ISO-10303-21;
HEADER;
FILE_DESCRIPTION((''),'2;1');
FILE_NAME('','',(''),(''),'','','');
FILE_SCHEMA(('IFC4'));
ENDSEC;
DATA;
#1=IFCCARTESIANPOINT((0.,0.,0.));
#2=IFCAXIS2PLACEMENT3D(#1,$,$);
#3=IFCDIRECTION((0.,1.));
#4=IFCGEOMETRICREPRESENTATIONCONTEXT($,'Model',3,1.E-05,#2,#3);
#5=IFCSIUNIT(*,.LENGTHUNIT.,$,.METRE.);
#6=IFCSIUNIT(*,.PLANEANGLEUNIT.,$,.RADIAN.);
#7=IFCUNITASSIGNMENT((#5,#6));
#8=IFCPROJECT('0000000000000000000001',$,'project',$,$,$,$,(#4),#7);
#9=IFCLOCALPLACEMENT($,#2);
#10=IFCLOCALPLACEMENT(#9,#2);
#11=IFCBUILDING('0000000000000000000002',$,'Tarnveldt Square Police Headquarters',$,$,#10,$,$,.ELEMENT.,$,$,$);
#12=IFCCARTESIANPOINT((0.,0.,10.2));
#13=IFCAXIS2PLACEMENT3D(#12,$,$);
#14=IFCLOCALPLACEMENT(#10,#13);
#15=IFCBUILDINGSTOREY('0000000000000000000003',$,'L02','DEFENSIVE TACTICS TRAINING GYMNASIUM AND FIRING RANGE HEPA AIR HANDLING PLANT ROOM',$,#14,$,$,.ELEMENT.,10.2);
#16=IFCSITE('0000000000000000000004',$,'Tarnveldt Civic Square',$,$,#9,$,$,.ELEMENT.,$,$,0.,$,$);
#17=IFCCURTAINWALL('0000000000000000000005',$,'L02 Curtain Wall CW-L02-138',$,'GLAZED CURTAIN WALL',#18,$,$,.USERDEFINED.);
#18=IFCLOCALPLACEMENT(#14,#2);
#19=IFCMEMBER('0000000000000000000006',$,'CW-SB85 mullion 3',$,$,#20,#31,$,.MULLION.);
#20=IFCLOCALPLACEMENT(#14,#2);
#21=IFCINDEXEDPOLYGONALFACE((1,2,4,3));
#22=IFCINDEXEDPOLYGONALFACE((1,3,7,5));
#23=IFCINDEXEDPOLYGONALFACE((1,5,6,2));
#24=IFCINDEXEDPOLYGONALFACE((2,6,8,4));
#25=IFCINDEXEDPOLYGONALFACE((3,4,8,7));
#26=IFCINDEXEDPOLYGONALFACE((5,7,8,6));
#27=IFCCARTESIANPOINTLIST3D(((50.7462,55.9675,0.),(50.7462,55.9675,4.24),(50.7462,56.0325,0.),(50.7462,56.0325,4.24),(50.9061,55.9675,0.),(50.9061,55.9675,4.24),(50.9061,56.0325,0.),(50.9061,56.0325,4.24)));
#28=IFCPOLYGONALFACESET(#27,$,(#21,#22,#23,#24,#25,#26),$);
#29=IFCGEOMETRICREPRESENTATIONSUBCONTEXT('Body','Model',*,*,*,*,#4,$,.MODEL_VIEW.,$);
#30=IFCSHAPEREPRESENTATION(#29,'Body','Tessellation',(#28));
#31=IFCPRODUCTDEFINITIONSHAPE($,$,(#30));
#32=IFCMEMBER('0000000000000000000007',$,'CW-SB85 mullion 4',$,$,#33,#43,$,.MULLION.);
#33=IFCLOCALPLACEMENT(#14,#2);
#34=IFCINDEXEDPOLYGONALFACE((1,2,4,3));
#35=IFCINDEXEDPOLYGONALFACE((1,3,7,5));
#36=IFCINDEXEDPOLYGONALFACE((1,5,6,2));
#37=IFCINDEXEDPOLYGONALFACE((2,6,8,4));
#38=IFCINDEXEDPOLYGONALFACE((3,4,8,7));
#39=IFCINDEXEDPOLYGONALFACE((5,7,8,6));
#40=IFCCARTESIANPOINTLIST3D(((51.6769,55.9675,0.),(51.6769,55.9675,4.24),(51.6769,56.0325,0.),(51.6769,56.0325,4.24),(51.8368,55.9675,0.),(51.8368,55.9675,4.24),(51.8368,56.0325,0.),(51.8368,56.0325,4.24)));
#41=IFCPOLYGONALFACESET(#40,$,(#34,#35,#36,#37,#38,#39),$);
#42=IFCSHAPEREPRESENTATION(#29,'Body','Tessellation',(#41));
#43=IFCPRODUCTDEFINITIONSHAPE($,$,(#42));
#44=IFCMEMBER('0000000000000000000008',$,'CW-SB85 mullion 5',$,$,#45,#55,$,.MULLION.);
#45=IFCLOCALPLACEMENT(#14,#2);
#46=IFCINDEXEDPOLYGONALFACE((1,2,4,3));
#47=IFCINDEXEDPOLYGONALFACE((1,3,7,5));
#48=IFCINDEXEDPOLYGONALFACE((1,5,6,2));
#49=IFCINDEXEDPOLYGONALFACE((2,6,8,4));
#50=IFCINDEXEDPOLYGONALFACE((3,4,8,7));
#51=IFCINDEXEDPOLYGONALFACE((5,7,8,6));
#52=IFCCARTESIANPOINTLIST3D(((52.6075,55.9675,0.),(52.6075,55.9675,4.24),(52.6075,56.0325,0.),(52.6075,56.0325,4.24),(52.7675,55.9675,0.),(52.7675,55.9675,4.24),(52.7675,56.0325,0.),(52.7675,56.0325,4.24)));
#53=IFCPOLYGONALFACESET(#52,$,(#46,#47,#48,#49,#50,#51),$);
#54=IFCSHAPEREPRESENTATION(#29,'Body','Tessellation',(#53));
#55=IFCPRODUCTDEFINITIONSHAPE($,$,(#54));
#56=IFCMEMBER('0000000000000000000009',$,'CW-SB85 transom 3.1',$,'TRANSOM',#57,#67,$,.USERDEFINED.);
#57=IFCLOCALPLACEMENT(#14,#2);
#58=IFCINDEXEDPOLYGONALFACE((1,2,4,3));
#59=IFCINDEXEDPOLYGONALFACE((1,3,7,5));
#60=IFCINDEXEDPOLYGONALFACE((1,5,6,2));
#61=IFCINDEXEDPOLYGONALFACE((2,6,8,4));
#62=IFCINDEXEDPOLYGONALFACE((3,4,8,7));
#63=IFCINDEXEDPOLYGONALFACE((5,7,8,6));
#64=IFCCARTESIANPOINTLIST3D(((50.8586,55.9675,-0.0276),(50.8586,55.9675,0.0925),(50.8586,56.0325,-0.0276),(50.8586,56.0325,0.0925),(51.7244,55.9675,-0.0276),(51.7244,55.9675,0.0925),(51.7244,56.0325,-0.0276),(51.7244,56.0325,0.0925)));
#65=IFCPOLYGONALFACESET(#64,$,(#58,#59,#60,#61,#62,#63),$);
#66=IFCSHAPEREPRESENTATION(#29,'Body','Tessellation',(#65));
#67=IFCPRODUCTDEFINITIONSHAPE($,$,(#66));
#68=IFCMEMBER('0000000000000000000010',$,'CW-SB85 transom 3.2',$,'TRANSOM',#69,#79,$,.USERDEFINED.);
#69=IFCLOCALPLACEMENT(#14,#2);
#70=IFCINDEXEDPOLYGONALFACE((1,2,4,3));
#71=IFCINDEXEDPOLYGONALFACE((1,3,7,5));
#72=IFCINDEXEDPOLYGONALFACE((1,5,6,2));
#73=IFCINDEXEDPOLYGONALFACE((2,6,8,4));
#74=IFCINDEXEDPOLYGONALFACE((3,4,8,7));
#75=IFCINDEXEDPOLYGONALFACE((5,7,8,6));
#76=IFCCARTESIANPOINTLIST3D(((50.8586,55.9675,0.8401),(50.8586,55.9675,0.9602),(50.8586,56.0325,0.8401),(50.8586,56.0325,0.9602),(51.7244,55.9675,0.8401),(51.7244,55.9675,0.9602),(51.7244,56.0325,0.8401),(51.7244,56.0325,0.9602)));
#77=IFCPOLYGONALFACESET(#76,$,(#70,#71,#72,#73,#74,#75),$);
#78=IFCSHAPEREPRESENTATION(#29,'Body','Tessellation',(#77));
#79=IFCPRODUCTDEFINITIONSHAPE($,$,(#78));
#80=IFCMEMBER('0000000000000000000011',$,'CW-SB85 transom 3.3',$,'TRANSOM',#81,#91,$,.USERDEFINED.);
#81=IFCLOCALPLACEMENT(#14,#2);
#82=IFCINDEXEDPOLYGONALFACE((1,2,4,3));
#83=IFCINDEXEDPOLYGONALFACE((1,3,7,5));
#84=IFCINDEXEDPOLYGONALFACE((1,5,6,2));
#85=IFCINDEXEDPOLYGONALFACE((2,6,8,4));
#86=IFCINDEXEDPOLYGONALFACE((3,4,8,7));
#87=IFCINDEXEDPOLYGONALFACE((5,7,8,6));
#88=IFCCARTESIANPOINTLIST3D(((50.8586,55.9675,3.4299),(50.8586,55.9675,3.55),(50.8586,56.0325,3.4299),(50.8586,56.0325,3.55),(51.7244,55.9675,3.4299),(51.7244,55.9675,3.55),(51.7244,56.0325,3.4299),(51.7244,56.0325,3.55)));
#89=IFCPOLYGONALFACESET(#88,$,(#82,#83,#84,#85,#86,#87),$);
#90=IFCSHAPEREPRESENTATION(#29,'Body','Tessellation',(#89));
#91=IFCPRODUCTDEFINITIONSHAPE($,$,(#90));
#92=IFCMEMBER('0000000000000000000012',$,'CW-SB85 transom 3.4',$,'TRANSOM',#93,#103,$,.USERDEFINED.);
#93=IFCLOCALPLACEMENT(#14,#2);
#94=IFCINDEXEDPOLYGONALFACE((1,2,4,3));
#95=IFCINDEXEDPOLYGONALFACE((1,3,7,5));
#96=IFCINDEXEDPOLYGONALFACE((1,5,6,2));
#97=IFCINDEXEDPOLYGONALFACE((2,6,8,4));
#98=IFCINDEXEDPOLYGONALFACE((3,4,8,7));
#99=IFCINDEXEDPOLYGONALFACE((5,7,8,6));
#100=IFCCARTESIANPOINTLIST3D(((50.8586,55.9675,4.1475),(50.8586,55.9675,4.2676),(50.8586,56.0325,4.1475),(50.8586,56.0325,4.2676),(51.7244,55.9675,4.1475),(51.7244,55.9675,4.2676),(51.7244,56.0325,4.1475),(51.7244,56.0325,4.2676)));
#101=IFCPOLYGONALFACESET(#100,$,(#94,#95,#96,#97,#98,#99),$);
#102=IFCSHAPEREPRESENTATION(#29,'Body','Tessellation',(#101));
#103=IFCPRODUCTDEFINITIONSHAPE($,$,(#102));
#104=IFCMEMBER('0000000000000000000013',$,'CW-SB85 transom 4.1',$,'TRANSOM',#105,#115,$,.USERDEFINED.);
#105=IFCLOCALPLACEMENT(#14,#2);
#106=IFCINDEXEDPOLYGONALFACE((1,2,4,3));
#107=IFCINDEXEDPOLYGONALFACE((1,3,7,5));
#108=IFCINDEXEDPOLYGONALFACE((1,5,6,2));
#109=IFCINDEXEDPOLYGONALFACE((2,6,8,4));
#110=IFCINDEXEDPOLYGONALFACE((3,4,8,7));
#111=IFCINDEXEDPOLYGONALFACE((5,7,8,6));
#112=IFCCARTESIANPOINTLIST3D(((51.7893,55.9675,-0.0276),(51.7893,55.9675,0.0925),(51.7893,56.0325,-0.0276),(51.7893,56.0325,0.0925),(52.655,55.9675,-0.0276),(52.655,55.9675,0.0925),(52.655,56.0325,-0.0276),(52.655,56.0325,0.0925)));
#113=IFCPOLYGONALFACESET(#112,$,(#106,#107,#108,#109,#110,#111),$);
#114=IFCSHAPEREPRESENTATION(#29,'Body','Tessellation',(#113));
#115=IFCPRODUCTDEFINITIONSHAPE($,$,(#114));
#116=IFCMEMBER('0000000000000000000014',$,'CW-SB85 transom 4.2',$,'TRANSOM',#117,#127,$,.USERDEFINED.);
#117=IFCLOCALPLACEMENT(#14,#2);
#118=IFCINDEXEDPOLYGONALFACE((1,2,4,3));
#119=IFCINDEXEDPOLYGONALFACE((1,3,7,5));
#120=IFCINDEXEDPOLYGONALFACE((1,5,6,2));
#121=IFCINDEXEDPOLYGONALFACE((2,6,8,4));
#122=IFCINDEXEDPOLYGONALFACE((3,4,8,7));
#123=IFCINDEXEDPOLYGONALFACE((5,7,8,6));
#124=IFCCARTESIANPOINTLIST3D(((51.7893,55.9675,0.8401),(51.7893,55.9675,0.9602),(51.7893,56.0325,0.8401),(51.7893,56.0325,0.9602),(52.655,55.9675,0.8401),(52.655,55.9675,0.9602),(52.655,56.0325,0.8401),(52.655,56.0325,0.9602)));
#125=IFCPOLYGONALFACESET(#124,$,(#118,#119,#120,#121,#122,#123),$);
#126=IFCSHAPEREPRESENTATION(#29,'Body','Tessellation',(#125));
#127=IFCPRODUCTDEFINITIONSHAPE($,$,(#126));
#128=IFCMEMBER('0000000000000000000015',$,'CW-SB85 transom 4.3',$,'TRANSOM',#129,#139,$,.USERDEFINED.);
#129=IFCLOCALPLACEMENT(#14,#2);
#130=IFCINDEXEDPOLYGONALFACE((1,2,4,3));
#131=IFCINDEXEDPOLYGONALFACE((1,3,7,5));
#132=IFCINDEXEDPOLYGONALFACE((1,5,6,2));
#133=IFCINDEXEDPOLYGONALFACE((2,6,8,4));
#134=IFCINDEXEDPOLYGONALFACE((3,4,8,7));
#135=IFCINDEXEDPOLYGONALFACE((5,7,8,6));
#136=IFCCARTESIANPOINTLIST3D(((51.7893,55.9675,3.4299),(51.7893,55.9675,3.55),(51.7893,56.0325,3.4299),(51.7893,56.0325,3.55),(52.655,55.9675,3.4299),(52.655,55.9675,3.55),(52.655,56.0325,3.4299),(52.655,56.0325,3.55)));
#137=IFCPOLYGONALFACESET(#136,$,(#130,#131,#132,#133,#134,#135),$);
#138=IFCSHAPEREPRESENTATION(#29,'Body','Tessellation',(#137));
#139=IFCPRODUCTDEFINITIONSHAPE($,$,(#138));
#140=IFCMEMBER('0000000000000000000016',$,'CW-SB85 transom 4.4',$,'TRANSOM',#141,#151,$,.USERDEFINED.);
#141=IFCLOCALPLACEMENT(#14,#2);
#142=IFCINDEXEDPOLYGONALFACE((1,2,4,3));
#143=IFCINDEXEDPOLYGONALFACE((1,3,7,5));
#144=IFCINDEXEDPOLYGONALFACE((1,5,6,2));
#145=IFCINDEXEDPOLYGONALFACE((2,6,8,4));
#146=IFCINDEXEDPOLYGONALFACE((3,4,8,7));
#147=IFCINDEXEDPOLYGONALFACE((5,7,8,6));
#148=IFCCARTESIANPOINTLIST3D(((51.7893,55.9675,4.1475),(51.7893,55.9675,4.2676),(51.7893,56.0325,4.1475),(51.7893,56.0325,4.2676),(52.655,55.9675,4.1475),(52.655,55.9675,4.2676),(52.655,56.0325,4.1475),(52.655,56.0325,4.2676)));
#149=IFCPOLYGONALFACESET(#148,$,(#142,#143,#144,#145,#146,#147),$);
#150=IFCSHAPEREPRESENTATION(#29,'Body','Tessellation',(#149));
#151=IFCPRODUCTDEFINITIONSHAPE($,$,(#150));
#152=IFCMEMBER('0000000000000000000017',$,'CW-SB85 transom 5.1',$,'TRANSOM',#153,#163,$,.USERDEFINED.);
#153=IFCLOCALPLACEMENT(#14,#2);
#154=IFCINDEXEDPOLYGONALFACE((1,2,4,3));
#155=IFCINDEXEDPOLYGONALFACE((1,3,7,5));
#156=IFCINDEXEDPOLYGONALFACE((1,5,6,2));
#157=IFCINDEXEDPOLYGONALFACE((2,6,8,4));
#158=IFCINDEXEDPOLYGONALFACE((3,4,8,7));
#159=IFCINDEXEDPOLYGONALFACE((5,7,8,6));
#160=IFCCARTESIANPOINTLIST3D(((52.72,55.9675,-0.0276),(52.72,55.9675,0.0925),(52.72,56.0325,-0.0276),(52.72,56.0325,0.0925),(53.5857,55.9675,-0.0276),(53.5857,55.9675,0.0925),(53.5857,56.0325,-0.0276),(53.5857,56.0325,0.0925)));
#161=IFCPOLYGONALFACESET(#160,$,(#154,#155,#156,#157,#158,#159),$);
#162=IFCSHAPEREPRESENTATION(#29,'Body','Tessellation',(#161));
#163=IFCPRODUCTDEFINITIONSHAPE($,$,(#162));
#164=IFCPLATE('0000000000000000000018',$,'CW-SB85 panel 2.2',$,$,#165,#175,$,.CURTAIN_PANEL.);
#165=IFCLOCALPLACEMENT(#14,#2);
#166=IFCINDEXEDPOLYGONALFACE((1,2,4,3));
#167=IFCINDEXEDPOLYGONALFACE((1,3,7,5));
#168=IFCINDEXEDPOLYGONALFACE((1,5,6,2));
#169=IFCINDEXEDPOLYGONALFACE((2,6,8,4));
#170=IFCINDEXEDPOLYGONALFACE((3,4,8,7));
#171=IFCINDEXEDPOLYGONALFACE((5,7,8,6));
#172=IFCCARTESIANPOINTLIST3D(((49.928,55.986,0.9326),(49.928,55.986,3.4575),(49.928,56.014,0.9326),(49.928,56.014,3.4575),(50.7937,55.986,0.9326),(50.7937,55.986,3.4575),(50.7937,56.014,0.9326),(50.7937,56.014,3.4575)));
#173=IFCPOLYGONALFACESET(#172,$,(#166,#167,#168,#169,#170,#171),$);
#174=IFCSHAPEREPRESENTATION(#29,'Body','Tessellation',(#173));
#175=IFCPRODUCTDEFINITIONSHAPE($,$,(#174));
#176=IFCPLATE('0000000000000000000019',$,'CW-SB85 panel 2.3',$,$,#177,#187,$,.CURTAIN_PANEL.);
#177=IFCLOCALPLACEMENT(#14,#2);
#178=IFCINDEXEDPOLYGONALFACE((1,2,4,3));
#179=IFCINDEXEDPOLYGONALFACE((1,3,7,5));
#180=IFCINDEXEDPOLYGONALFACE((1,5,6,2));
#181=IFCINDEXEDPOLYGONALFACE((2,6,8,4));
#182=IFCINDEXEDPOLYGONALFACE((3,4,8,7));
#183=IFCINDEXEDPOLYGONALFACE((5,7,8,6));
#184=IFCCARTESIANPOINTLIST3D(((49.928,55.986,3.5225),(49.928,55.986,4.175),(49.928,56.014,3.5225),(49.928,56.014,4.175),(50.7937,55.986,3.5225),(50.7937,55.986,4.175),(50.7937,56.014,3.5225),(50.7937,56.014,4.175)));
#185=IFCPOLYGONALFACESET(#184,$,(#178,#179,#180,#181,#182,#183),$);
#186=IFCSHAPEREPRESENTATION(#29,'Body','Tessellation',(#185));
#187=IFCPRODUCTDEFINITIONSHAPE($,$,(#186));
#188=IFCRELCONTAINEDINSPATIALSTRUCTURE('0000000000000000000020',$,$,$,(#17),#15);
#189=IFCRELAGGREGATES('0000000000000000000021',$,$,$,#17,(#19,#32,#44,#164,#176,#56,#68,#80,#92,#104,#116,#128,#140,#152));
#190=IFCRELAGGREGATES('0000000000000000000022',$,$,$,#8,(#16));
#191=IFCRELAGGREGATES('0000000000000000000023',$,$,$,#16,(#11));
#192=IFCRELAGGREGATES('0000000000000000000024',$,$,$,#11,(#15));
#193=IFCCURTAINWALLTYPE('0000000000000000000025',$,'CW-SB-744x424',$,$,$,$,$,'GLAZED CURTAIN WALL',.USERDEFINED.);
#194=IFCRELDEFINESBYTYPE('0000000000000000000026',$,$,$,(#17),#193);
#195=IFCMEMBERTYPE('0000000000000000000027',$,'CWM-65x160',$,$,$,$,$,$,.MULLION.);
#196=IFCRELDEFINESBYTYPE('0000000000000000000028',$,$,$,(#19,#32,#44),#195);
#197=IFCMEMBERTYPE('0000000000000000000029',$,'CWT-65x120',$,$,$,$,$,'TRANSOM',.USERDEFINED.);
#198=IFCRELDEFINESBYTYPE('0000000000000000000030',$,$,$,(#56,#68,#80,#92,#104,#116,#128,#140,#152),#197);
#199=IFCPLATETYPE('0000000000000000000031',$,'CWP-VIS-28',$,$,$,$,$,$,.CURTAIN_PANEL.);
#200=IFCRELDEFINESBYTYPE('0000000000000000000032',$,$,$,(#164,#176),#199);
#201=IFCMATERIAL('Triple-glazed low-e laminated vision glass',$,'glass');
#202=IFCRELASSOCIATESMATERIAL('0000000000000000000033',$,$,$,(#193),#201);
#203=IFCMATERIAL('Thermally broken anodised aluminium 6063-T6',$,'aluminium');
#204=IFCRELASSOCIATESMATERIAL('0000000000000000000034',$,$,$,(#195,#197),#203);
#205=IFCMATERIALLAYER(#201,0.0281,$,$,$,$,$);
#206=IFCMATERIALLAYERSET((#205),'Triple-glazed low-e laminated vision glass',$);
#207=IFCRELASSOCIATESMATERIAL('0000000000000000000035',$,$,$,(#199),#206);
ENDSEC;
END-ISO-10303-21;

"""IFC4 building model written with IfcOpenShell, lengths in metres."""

from ifc_helpers import new_model, si_unit, direction, frame, origin, origin_2d, place, context, subcontext, project, spatial, rectangle, extrude, material, layer, layer_set, material_profile, profile_set, type_object, element, aggregate, save


model = new_model("IFC4")

# Units and contexts
model_context = context("Model", 3, precision=1e-05, world=origin(), true_north=direction((0.0, 1.0)))
body_context = subcontext(model_context, "Body", "Model", "MODEL_VIEW")
ifc_project = project(units=[si_unit("LENGTHUNIT", "METRE"), si_unit("PLANEANGLEUNIT", "RADIAN")], contexts=[model_context])

# Site, building, storey
site_placement = place(None, origin())
site = spatial("IfcSite", under=ifc_project, at=site_placement, Name="Tarnveldt Civic Square", CompositionType="ELEMENT", RefElevation=0.0)
building_placement = place(site_placement, origin())
building = spatial("IfcBuilding", under=site, at=building_placement, Name="Tarnveldt Square Police Headquarters", CompositionType="ELEMENT")
storey_placement = place(building_placement, frame((0.0, 0.0, 10.2)))
storey = spatial("IfcBuildingStorey", under=building, at=storey_placement, Name="L02", Description="DEFENSIVE TACTICS TRAINING GYMNASIUM AND FIRING RANGE HEPA AIR HANDLING PLANT ROOM", CompositionType="ELEMENT", Elevation=10.2)

# Curtain wall, members, plates
ifc_material_1 = material(Name="Triple-glazed low-e laminated vision glass", Category="glass")
curtain_wall_type = type_object("IfcCurtainWallType", Name="CW-SB-744x424", ElementType="GLAZED CURTAIN WALL", PredefinedType="USERDEFINED", material=ifc_material_1)
curtain_wall_placement = place(storey_placement, origin())
curtain_wall = element("IfcCurtainWall", 1, at=curtain_wall_placement, inside=storey, type_object=curtain_wall_type, Name="L02 Curtain Wall CW-L02-138", ObjectType="GLAZED CURTAIN WALL", PredefinedType="USERDEFINED")
ifc_material_2 = material(Name="Thermally broken anodised aluminium 6063-T6", Category="aluminium")
ifc_material_profile_1 = material_profile(ifc_material_2, rectangle(XDim=0.0649, YDim=0.1599, at=origin_2d()), Name="CW-M65x160")
ifc_profile_set_1 = profile_set([ifc_material_profile_1], Name="Thermally broken anodised aluminium 6063-T6")
member_type_1 = type_object("IfcMemberType", Name="CWM-65x160", PredefinedType="MULLION", material=ifc_profile_set_1)
member_1_placement = place(storey_placement, frame((50.8262, 56.0, 0.0), z_axis=(0.0, 0.0, 1.0), x_axis=(0.0, 1.0, 0.0)))
member_1 = element("IfcMember", 2, at=member_1_placement, type_object=member_type_1, Name="CW-SB85 mullion 3", PredefinedType="MULLION", context=body_context, shape_type="SweptSolid", body=[
    extrude(rectangle(XDim=0.0649, YDim=0.1599, at=origin_2d()), origin(), (0.0, 0.0, 1.0), 4.24),
])
member_2_placement = place(storey_placement, frame((51.7568, 56.0, 0.0), z_axis=(0.0, 0.0, 1.0), x_axis=(0.0, 1.0, 0.0)))
member_2 = element("IfcMember", 3, at=member_2_placement, type_object=member_type_1, Name="CW-SB85 mullion 4", PredefinedType="MULLION", context=body_context, shape_type="SweptSolid", body=[
    extrude(rectangle(XDim=0.0649, YDim=0.1599, at=origin_2d()), origin(), (0.0, 0.0, 1.0), 4.24),
])
member_3_placement = place(storey_placement, frame((52.6875, 56.0, 0.0), z_axis=(0.0, 0.0, 1.0), x_axis=(0.0, 1.0, 0.0)))
member_3 = element("IfcMember", 4, at=member_3_placement, type_object=member_type_1, Name="CW-SB85 mullion 5", PredefinedType="MULLION", context=body_context, shape_type="SweptSolid", body=[
    extrude(rectangle(XDim=0.0649, YDim=0.1599, at=origin_2d()), origin(), (0.0, 0.0, 1.0), 4.24),
])
ifc_material_profile_2 = material_profile(ifc_material_2, rectangle(XDim=0.0649, YDim=0.1201, at=origin_2d()), Name="CW-T65x120")
ifc_profile_set_2 = profile_set([ifc_material_profile_2], Name="Thermally broken anodised aluminium 6063-T6")
member_type_2 = type_object("IfcMemberType", Name="CWT-65x120", ElementType="TRANSOM", PredefinedType="USERDEFINED", material=ifc_profile_set_2)
member_4_placement = place(storey_placement, frame((50.8586, 56.0, 0.0325), z_axis=(1.0, 0.0, 0.0), x_axis=(0.0, 1.0, 0.0)))
member_4 = element("IfcMember", 5, at=member_4_placement, type_object=member_type_2, Name="CW-SB85 transom 3.1", ObjectType="TRANSOM", PredefinedType="USERDEFINED", context=body_context, shape_type="SweptSolid", body=[
    extrude(rectangle(XDim=0.0649, YDim=0.1201, at=origin_2d()), origin(), (0.0, 0.0, 1.0), 0.8657),
])
member_5_placement = place(storey_placement, frame((50.8586, 56.0, 0.9001), z_axis=(1.0, 0.0, 0.0), x_axis=(0.0, 1.0, 0.0)))
member_5 = element("IfcMember", 6, at=member_5_placement, type_object=member_type_2, Name="CW-SB85 transom 3.2", ObjectType="TRANSOM", PredefinedType="USERDEFINED", context=body_context, shape_type="SweptSolid", body=[
    extrude(rectangle(XDim=0.0649, YDim=0.1201, at=origin_2d()), origin(), (0.0, 0.0, 1.0), 0.8657),
])
member_6_placement = place(storey_placement, frame((50.8586, 56.0, 3.49), z_axis=(1.0, 0.0, 0.0), x_axis=(0.0, 1.0, 0.0)))
member_6 = element("IfcMember", 7, at=member_6_placement, type_object=member_type_2, Name="CW-SB85 transom 3.3", ObjectType="TRANSOM", PredefinedType="USERDEFINED", context=body_context, shape_type="SweptSolid", body=[
    extrude(rectangle(XDim=0.0649, YDim=0.1201, at=origin_2d()), origin(), (0.0, 0.0, 1.0), 0.8657),
])
member_7_placement = place(storey_placement, frame((50.8586, 56.0, 4.2075), z_axis=(1.0, 0.0, 0.0), x_axis=(0.0, 1.0, 0.0)))
member_7 = element("IfcMember", 8, at=member_7_placement, type_object=member_type_2, Name="CW-SB85 transom 3.4", ObjectType="TRANSOM", PredefinedType="USERDEFINED", context=body_context, shape_type="SweptSolid", body=[
    extrude(rectangle(XDim=0.0649, YDim=0.1201, at=origin_2d()), origin(), (0.0, 0.0, 1.0), 0.8657),
])
member_8_placement = place(storey_placement, frame((51.7893, 56.0, 0.0325), z_axis=(1.0, 0.0, 0.0), x_axis=(0.0, 1.0, 0.0)))
member_8 = element("IfcMember", 9, at=member_8_placement, type_object=member_type_2, Name="CW-SB85 transom 4.1", ObjectType="TRANSOM", PredefinedType="USERDEFINED", context=body_context, shape_type="SweptSolid", body=[
    extrude(rectangle(XDim=0.0649, YDim=0.1201, at=origin_2d()), origin(), (0.0, 0.0, 1.0), 0.8657),
])
member_9_placement = place(storey_placement, frame((51.7893, 56.0, 0.9001), z_axis=(1.0, 0.0, 0.0), x_axis=(0.0, 1.0, 0.0)))
member_9 = element("IfcMember", 10, at=member_9_placement, type_object=member_type_2, Name="CW-SB85 transom 4.2", ObjectType="TRANSOM", PredefinedType="USERDEFINED", context=body_context, shape_type="SweptSolid", body=[
    extrude(rectangle(XDim=0.0649, YDim=0.1201, at=origin_2d()), origin(), (0.0, 0.0, 1.0), 0.8657),
])
member_10_placement = place(storey_placement, frame((51.7893, 56.0, 3.49), z_axis=(1.0, 0.0, 0.0), x_axis=(0.0, 1.0, 0.0)))
member_10 = element("IfcMember", 11, at=member_10_placement, type_object=member_type_2, Name="CW-SB85 transom 4.3", ObjectType="TRANSOM", PredefinedType="USERDEFINED", context=body_context, shape_type="SweptSolid", body=[
    extrude(rectangle(XDim=0.0649, YDim=0.1201, at=origin_2d()), origin(), (0.0, 0.0, 1.0), 0.8657),
])
member_11_placement = place(storey_placement, frame((51.7893, 56.0, 4.2075), z_axis=(1.0, 0.0, 0.0), x_axis=(0.0, 1.0, 0.0)))
member_11 = element("IfcMember", 12, at=member_11_placement, type_object=member_type_2, Name="CW-SB85 transom 4.4", ObjectType="TRANSOM", PredefinedType="USERDEFINED", context=body_context, shape_type="SweptSolid", body=[
    extrude(rectangle(XDim=0.0649, YDim=0.1201, at=origin_2d()), origin(), (0.0, 0.0, 1.0), 0.8657),
])
member_12_placement = place(storey_placement, frame((52.72, 56.0, 0.0325), z_axis=(1.0, 0.0, 0.0), x_axis=(0.0, 1.0, 0.0)))
member_12 = element("IfcMember", 13, at=member_12_placement, type_object=member_type_2, Name="CW-SB85 transom 5.1", ObjectType="TRANSOM", PredefinedType="USERDEFINED", context=body_context, shape_type="SweptSolid", body=[
    extrude(rectangle(XDim=0.0649, YDim=0.1201, at=origin_2d()), origin(), (0.0, 0.0, 1.0), 0.8657),
])
ifc_layer = layer(ifc_material_1, 0.0281)
ifc_layer_set = layer_set([ifc_layer], Name="Triple-glazed low-e laminated vision glass")
plate_type = type_object("IfcPlateType", Name="CWP-VIS-28", PredefinedType="CURTAIN_PANEL", material=ifc_layer_set)
plate_1_placement = place(storey_placement, frame((50.3608, 56.0, 0.9326), z_axis=(0.0, 0.0, 1.0), x_axis=(1.0, 0.0, 0.0)))
plate_1 = element("IfcPlate", 14, at=plate_1_placement, type_object=plate_type, Name="CW-SB85 panel 2.2", PredefinedType="CURTAIN_PANEL", context=body_context, shape_type="SweptSolid", body=[
    extrude(rectangle(XDim=0.8657, YDim=0.0281, at=origin_2d()), origin(), (0.0, 0.0, 1.0), 2.5249),
])
plate_2_placement = place(storey_placement, frame((50.3608, 56.0, 3.5225), z_axis=(0.0, 0.0, 1.0), x_axis=(1.0, 0.0, 0.0)))
plate_2 = element("IfcPlate", 15, at=plate_2_placement, type_object=plate_type, Name="CW-SB85 panel 2.3", PredefinedType="CURTAIN_PANEL", context=body_context, shape_type="SweptSolid", body=[
    extrude(rectangle(XDim=0.8657, YDim=0.0281, at=origin_2d()), origin(), (0.0, 0.0, 1.0), 0.6526),
])
aggregate(curtain_wall, [member_1, member_2, member_3, plate_1, plate_2, member_4, member_5, member_6, member_7, member_8, member_9, member_10, member_11, member_12])

save(model, "model.ifc")
